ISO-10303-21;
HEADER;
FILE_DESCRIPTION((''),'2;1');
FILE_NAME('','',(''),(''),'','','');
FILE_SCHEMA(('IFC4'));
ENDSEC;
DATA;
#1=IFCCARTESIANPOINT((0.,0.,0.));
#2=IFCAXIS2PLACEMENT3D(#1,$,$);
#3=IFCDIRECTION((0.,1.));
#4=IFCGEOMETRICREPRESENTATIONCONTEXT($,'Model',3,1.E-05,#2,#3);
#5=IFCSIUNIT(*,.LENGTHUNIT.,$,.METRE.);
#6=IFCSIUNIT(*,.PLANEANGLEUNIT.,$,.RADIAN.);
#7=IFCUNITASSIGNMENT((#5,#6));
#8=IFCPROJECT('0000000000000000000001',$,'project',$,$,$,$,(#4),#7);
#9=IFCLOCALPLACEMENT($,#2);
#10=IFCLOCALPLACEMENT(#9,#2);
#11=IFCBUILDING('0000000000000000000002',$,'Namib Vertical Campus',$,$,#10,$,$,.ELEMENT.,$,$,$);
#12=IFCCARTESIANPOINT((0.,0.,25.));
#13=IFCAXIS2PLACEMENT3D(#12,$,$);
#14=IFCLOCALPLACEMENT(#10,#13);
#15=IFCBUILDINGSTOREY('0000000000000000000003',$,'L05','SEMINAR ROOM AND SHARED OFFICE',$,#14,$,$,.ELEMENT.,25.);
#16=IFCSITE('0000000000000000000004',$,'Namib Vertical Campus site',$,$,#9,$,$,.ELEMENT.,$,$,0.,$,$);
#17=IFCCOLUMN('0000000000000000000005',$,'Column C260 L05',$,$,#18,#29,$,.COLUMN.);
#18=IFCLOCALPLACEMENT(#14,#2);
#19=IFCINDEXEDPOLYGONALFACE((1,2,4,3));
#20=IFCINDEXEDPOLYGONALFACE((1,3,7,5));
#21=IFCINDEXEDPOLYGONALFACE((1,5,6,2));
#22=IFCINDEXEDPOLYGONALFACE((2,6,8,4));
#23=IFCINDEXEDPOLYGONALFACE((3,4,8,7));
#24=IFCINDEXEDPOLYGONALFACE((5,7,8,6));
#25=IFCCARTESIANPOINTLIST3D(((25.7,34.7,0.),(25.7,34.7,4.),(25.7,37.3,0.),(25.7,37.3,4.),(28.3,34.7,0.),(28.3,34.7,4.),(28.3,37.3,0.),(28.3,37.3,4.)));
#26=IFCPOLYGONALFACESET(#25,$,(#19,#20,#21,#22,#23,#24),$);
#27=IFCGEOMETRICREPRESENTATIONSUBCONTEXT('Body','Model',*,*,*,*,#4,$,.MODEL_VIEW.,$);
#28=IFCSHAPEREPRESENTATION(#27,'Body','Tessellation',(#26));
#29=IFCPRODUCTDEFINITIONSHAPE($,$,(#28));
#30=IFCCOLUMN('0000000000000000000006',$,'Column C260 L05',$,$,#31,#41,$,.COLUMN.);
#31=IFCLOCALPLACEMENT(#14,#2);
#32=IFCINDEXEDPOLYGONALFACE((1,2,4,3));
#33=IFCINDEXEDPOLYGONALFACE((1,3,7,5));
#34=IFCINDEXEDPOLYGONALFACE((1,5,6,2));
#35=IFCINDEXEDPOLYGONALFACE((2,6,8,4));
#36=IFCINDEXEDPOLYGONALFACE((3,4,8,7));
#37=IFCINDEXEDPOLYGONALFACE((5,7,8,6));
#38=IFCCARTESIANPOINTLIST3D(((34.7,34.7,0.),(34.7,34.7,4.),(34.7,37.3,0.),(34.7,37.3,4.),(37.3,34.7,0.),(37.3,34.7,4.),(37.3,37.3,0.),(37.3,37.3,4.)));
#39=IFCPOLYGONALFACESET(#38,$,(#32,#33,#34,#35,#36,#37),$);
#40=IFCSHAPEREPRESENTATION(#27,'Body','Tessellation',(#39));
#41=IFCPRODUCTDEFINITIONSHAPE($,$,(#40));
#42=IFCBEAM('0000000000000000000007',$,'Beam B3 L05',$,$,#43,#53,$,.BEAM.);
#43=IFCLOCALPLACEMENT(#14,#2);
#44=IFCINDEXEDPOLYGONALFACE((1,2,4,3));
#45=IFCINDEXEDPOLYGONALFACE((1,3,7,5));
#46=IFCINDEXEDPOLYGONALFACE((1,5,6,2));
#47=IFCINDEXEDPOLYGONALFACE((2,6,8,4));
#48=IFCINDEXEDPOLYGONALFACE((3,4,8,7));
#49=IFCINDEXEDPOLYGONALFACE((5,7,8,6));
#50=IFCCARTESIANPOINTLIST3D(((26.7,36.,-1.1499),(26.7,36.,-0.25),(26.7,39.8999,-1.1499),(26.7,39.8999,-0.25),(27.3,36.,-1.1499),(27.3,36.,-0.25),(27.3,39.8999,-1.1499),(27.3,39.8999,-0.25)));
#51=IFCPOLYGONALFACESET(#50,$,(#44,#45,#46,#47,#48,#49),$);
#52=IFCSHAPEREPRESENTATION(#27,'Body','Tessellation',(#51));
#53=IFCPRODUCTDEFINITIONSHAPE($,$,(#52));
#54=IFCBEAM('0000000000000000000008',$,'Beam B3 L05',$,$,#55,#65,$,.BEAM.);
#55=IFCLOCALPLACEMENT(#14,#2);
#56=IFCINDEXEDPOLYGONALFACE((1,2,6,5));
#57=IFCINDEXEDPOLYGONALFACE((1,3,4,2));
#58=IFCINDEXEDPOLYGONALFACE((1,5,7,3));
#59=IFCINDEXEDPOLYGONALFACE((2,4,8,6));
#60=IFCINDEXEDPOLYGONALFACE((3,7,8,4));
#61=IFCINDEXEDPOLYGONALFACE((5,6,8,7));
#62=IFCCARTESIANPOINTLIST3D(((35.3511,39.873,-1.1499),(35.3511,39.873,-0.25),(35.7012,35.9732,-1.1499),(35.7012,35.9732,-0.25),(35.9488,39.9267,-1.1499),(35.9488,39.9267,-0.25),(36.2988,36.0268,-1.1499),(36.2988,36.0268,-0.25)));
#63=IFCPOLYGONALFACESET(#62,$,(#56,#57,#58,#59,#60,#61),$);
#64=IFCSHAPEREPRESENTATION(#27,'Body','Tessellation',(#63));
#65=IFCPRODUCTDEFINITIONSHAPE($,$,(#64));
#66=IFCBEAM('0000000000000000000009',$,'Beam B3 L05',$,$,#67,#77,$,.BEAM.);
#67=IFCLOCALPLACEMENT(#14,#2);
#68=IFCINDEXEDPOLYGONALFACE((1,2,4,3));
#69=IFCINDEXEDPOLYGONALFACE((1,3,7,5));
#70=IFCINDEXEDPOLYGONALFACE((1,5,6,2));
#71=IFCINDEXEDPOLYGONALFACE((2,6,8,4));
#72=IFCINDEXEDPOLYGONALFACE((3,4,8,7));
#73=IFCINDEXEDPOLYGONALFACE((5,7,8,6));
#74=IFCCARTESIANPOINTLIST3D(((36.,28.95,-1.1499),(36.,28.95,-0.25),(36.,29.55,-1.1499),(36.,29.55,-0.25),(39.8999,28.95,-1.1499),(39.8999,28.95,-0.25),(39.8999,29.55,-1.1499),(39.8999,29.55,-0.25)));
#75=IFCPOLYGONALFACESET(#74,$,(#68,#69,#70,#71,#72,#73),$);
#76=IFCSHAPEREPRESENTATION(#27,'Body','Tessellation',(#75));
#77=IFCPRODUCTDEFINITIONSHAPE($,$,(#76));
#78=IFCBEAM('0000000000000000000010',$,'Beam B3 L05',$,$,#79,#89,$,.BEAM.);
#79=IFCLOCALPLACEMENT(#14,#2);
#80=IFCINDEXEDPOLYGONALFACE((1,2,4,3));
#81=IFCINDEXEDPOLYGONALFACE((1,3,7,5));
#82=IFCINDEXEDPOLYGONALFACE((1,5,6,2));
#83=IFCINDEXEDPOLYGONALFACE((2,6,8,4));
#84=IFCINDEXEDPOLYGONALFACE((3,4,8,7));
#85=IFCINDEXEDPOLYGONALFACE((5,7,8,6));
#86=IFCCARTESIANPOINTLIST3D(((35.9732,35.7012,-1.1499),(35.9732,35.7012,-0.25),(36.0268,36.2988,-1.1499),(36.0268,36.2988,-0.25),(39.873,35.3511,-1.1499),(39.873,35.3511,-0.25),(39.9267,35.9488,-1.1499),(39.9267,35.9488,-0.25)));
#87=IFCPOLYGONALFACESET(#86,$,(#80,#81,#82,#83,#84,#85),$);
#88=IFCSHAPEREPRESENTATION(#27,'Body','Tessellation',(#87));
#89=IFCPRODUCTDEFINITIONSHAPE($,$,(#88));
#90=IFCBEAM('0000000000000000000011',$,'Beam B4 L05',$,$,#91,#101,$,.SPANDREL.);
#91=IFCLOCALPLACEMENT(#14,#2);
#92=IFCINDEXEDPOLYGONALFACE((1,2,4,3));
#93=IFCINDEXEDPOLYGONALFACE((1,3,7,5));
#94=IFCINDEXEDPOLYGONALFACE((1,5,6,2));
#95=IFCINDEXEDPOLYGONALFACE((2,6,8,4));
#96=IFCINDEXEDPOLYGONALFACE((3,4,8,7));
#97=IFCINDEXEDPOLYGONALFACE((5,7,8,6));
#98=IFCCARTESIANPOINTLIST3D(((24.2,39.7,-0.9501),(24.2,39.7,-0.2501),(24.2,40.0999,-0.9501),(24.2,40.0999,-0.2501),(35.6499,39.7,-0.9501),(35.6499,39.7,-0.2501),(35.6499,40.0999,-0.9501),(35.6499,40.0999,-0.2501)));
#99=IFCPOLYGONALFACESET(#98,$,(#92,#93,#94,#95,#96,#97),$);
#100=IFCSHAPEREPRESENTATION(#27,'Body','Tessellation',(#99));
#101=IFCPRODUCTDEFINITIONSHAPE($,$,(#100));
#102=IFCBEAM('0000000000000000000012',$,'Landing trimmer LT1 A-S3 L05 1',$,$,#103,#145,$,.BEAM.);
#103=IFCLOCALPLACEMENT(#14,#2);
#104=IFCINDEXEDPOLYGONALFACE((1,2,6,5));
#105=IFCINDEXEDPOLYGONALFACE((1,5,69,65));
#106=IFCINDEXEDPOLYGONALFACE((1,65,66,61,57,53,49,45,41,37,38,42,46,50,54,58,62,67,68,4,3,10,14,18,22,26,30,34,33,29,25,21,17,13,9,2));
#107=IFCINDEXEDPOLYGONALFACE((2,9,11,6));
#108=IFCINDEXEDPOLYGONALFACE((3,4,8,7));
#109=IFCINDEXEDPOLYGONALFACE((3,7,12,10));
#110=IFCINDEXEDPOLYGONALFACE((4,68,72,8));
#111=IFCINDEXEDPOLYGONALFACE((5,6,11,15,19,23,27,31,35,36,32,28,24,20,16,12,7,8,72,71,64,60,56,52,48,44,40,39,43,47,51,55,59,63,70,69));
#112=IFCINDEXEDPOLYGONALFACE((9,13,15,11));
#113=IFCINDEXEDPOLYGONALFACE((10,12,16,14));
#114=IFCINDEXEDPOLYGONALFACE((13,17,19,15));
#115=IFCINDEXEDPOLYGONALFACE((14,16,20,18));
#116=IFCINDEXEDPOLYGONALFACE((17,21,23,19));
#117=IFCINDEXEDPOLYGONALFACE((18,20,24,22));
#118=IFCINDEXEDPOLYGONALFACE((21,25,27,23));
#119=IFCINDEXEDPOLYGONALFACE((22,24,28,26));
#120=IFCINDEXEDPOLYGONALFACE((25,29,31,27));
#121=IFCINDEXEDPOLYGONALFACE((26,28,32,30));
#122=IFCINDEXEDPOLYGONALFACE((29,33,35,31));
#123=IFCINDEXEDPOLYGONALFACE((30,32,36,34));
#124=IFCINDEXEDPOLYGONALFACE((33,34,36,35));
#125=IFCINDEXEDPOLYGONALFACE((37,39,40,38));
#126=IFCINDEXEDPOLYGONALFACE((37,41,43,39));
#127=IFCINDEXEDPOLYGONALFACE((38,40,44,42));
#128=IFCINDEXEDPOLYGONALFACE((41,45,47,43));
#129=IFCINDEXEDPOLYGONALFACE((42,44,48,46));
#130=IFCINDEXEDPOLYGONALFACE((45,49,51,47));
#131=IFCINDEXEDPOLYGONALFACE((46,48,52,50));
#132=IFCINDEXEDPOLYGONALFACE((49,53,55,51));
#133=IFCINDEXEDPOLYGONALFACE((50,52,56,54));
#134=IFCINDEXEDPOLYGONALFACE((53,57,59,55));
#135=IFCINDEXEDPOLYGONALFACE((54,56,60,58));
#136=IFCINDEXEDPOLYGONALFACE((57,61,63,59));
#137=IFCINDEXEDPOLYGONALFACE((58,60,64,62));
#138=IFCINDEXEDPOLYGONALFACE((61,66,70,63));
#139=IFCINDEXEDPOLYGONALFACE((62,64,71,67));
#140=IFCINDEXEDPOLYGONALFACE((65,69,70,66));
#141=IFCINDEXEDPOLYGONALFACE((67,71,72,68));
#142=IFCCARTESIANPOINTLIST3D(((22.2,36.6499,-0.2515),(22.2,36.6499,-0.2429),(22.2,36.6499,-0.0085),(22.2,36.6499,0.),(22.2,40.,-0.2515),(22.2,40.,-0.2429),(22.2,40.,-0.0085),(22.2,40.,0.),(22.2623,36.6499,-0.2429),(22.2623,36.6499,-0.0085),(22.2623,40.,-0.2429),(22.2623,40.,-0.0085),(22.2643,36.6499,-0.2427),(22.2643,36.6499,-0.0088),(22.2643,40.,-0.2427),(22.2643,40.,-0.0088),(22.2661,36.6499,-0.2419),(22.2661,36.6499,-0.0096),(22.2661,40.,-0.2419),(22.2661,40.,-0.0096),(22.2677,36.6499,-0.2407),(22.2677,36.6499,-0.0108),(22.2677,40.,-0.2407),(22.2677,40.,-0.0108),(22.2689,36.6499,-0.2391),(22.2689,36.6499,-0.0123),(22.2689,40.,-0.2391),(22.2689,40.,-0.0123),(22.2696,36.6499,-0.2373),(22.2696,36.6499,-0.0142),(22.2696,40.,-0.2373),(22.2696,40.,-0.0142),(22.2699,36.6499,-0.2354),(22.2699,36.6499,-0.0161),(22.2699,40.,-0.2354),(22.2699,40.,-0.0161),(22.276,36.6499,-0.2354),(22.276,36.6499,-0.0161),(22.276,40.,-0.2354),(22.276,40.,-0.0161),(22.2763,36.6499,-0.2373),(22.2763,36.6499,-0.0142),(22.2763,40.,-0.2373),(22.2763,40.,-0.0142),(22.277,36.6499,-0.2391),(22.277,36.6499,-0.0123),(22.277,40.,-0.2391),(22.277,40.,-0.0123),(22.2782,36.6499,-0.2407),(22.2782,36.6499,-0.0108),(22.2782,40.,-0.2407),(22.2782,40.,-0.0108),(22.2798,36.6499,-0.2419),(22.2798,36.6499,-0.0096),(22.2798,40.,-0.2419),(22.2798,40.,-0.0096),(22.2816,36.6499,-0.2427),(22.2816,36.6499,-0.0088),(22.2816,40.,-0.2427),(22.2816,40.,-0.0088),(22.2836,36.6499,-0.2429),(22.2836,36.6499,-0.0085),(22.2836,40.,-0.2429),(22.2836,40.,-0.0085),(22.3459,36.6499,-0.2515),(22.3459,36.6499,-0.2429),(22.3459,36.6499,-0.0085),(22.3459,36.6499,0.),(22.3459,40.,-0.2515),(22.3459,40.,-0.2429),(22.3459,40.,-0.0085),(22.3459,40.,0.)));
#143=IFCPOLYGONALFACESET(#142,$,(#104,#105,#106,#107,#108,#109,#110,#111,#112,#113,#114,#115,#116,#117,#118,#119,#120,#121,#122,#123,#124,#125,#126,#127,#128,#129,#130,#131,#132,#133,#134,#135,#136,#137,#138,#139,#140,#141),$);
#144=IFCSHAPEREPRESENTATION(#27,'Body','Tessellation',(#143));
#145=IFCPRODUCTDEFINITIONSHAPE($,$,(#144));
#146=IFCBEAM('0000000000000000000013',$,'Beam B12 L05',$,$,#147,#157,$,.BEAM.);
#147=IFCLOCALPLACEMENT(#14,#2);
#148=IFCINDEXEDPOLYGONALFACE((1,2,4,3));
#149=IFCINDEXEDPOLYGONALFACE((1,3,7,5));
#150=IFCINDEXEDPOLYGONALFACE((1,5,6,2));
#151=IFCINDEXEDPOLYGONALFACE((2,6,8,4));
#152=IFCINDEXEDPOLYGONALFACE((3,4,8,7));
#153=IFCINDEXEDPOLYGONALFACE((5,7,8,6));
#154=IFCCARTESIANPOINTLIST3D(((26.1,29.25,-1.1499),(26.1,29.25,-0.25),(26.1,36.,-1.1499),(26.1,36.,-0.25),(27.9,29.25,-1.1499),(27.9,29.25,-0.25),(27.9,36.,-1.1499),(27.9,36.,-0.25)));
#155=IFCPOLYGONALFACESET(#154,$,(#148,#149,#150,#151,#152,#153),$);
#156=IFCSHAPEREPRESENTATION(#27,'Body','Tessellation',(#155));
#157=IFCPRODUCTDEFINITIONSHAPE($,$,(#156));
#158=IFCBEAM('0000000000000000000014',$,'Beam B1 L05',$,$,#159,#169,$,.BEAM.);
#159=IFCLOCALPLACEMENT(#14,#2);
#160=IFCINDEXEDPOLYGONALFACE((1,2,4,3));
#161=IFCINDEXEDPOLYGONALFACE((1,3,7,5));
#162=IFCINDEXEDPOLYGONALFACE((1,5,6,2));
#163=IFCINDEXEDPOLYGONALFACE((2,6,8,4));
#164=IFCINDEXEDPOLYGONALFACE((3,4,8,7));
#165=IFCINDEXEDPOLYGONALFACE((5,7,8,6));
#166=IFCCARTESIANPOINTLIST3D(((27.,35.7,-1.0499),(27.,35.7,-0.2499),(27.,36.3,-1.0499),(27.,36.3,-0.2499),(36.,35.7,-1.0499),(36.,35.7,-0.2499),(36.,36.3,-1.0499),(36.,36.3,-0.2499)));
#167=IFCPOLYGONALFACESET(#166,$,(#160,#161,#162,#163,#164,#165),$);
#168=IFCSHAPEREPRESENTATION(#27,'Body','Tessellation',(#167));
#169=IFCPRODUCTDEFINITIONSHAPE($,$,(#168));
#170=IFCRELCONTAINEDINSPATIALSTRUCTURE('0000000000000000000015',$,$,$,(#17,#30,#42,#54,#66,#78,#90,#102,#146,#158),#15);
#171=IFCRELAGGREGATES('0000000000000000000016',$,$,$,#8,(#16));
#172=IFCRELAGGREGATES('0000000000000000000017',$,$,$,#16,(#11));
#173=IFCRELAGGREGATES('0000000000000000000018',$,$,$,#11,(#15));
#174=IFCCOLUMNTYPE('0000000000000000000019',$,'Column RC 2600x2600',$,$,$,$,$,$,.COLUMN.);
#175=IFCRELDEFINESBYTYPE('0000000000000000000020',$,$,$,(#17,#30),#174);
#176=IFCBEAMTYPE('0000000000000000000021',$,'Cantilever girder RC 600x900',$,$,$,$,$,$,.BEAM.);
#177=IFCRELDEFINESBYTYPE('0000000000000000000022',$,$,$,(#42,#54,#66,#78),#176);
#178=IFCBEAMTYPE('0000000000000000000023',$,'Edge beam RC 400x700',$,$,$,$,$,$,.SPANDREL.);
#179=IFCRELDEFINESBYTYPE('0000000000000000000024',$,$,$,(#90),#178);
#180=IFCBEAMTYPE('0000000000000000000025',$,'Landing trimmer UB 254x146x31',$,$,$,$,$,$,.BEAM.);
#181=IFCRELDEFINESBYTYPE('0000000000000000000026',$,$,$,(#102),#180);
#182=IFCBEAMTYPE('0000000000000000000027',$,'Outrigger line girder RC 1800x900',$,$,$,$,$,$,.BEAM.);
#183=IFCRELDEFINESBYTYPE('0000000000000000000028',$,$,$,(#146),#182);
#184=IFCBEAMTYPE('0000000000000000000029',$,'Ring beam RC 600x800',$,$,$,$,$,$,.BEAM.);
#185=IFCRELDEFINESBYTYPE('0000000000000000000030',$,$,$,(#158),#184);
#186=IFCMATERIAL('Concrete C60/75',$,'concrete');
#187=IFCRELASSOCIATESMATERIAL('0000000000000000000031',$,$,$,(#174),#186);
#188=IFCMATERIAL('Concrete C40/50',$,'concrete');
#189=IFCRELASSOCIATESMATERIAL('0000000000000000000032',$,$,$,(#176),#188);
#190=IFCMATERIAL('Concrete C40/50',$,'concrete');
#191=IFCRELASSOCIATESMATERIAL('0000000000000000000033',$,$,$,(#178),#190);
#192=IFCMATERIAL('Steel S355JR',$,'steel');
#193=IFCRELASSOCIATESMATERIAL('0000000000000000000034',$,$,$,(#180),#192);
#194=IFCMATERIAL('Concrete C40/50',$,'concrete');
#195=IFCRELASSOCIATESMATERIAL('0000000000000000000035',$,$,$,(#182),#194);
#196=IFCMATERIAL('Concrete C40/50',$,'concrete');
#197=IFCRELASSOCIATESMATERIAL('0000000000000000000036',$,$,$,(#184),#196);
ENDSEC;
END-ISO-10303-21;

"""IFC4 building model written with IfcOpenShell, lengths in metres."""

from ifc_helpers import new_model, si_unit, direction, frame, origin, origin_2d, place, context, subcontext, project, spatial, rectangle, i_section, extrude, material, material_profile, profile_set, type_object, element, save


model = new_model("IFC4")

# Units and contexts
model_context = context("Model", 3, precision=1e-05, world=origin(), true_north=direction((0.0, 1.0)))
body_context = subcontext(model_context, "Body", "Model", "MODEL_VIEW")
ifc_project = project(units=[si_unit("LENGTHUNIT", "METRE"), si_unit("PLANEANGLEUNIT", "RADIAN")], contexts=[model_context])

# Site, building, storey
site_placement = place(None, origin())
site = spatial("IfcSite", under=ifc_project, at=site_placement, Name="Namib Vertical Campus site", CompositionType="ELEMENT", RefElevation=0.0)
building_placement = place(site_placement, origin())
building = spatial("IfcBuilding", under=site, at=building_placement, Name="Namib Vertical Campus", CompositionType="ELEMENT")
storey_placement = place(building_placement, frame((0.0, 0.0, 25.0)))
storey = spatial("IfcBuildingStorey", under=building, at=storey_placement, Name="L05", Description="SEMINAR ROOM AND SHARED OFFICE", CompositionType="ELEMENT", Elevation=25.0)

# Columns
ifc_material_1 = material(Name="Concrete C60/75", Category="concrete")
ifc_material_profile_1 = material_profile(ifc_material_1, rectangle(XDim=2.6001, YDim=2.6001, at=origin_2d()))
ifc_profile_set_1 = profile_set([ifc_material_profile_1], Name="Concrete C60/75")
column_type = type_object("IfcColumnType", Name="Column RC 2600x2600", PredefinedType="COLUMN", material=ifc_profile_set_1)
for number, where, z_axis, x_axis, name in (
    (1, (27.0, 36.0, 0.0), (0.0, 0.0, 1.0), (1.0, 0.0, 0.0), "Column C260 L05"),
    (2, (36.0, 36.0, 0.0), (0.0, 0.0, 1.0), (1.0, 0.0, 0.0), "Column C260 L05"),
):
    element("IfcColumn", number, at=place(storey_placement, frame(where, z_axis=z_axis, x_axis=x_axis)), inside=storey, type_object=column_type, Name=name, PredefinedType="COLUMN", context=body_context, shape_type="SweptSolid", body=[
        extrude(rectangle(XDim=2.6001, YDim=2.6001, at=origin_2d()), origin(), (0.0, 0.0, 1.0), 4.0),
    ])

# Beams
ifc_material_2 = material(Name="Concrete C40/50", Category="concrete")
ifc_material_profile_2 = material_profile(ifc_material_2, rectangle(XDim=0.6001, YDim=0.8999, at=origin_2d()))
ifc_profile_set_2 = profile_set([ifc_material_profile_2], Name="Concrete C40/50")
beam_type_1 = type_object("IfcBeamType", Name="Cantilever girder RC 600x900", PredefinedType="BEAM", material=ifc_profile_set_2)
beam_1_placement = place(storey_placement, frame((27.0, 36.0, -0.7), z_axis=(0.0, 1.0, 0.0), x_axis=(-1.0, 0.0, 0.0)))
element("IfcBeam", 3, at=beam_1_placement, inside=storey, type_object=beam_type_1, Name="Beam B3 L05", PredefinedType="BEAM", context=body_context, shape_type="SweptSolid", body=[
    extrude(rectangle(XDim=0.6001, YDim=0.8999, at=origin_2d()), origin(), (0.0, 0.0, 1.0), 3.8999),
])
beam_2_placement = place(storey_placement, frame((36.0, 36.0, -0.7), z_axis=(-0.089411, 0.995995, 0.0), x_axis=(-0.995995, -0.089411, 0.0)))
element("IfcBeam", 4, at=beam_2_placement, inside=storey, type_object=beam_type_1, Name="Beam B3 L05", PredefinedType="BEAM", context=body_context, shape_type="SweptSolid", body=[
    extrude(rectangle(XDim=0.6001, YDim=0.8999, at=origin_2d()), origin(), (0.0, 0.0, 1.0), 3.9155),
])
beam_3_placement = place(storey_placement, frame((36.0, 29.25, -0.7), z_axis=(1.0, 0.0, 0.0), x_axis=(0.0, 1.0, 0.0)))
element("IfcBeam", 5, at=beam_3_placement, inside=storey, type_object=beam_type_1, Name="Beam B3 L05", PredefinedType="BEAM", context=body_context, shape_type="SweptSolid", body=[
    extrude(rectangle(XDim=0.6001, YDim=0.8999, at=origin_2d()), origin(), (0.0, 0.0, 1.0), 3.8999),
])
beam_4_placement = place(storey_placement, frame((36.0, 36.0, -0.7), z_axis=(0.995995, -0.089411, 0.0), x_axis=(0.089411, 0.995995, 0.0)))
element("IfcBeam", 6, at=beam_4_placement, inside=storey, type_object=beam_type_1, Name="Beam B3 L05", PredefinedType="BEAM", context=body_context, shape_type="SweptSolid", body=[
    extrude(rectangle(XDim=0.6001, YDim=0.8999, at=origin_2d()), origin(), (0.0, 0.0, 1.0), 3.9155),
])
ifc_material_3 = material(Name="Concrete C40/50", Category="concrete")
ifc_material_profile_3 = material_profile(ifc_material_3, rectangle(XDim=0.3999, YDim=0.7, at=origin_2d()))
ifc_profile_set_3 = profile_set([ifc_material_profile_3], Name="Concrete C40/50")
beam_type_2 = type_object("IfcBeamType", Name="Edge beam RC 400x700", PredefinedType="SPANDREL", material=ifc_profile_set_3)
beam_5_placement = place(storey_placement, frame((24.2, 39.8999, -0.6001), z_axis=(1.0, 0.0, 0.0), x_axis=(0.0, 1.0, 0.0)))
element("IfcBeam", 7, at=beam_5_placement, inside=storey, type_object=beam_type_2, Name="Beam B4 L05", PredefinedType="SPANDREL", context=body_context, shape_type="SweptSolid", body=[
    extrude(rectangle(XDim=0.3999, YDim=0.7, at=origin_2d()), origin(), (0.0, 0.0, 1.0), 11.45),
])
ifc_material_4 = material(Name="Steel S355JR", Category="steel")
ifc_material_profile_4 = material_profile(ifc_material_4, i_section(OverallWidth=0.146, OverallDepth=0.2515, WebThickness=0.0061, FlangeThickness=0.0085, FilletRadius=0.0076, at=origin_2d()))
ifc_profile_set_4 = profile_set([ifc_material_profile_4], Name="Steel S355JR")
beam_type_3 = type_object("IfcBeamType", Name="Landing trimmer UB 254x146x31", PredefinedType="BEAM", material=ifc_profile_set_4)
beam_6_placement = place(storey_placement, frame((22.2729, 36.6499, -0.1257), z_axis=(0.0, 1.0, 0.0), x_axis=(-1.0, 0.0, 0.0)))
element("IfcBeam", 8, at=beam_6_placement, inside=storey, type_object=beam_type_3, Name="Landing trimmer LT1 A-S3 L05 1", PredefinedType="BEAM", context=body_context, shape_type="SweptSolid", body=[
    extrude(i_section(OverallWidth=0.146, OverallDepth=0.2515, WebThickness=0.0061, FlangeThickness=0.0085, FilletRadius=0.0076, at=origin_2d()), origin(), (0.0, 0.0, 1.0), 3.3501),
])
ifc_material_5 = material(Name="Concrete C40/50", Category="concrete")
ifc_material_profile_5 = material_profile(ifc_material_5, rectangle(XDim=1.8, YDim=0.8999, at=origin_2d()))
ifc_profile_set_5 = profile_set([ifc_material_profile_5], Name="Concrete C40/50")
beam_type_4 = type_object("IfcBeamType", Name="Outrigger line girder RC 1800x900", PredefinedType="BEAM", material=ifc_profile_set_5)
beam_7_placement = place(storey_placement, frame((27.0, 36.0, -0.7), z_axis=(0.0, -1.0, 0.0), x_axis=(1.0, 0.0, 0.0)))
element("IfcBeam", 9, at=beam_7_placement, inside=storey, type_object=beam_type_4, Name="Beam B12 L05", PredefinedType="BEAM", context=body_context, shape_type="SweptSolid", body=[
    extrude(rectangle(XDim=1.8, YDim=0.8999, at=origin_2d()), origin(), (0.0, 0.0, 1.0), 6.75),
])
ifc_material_6 = material(Name="Concrete C40/50", Category="concrete")
ifc_material_profile_6 = material_profile(ifc_material_6, rectangle(XDim=0.6001, YDim=0.8, at=origin_2d()))
ifc_profile_set_6 = profile_set([ifc_material_profile_6], Name="Concrete C40/50")
beam_type_5 = type_object("IfcBeamType", Name="Ring beam RC 600x800", PredefinedType="BEAM", material=ifc_profile_set_6)
beam_8_placement = place(storey_placement, frame((27.0, 36.0, -0.6499), z_axis=(1.0, 0.0, 0.0), x_axis=(0.0, 1.0, 0.0)))
element("IfcBeam", 10, at=beam_8_placement, inside=storey, type_object=beam_type_5, Name="Beam B1 L05", PredefinedType="BEAM", context=body_context, shape_type="SweptSolid", body=[
    extrude(rectangle(XDim=0.6001, YDim=0.8, at=origin_2d()), origin(), (0.0, 0.0, 1.0), 9.0),
])

save(model, "model.ifc")
